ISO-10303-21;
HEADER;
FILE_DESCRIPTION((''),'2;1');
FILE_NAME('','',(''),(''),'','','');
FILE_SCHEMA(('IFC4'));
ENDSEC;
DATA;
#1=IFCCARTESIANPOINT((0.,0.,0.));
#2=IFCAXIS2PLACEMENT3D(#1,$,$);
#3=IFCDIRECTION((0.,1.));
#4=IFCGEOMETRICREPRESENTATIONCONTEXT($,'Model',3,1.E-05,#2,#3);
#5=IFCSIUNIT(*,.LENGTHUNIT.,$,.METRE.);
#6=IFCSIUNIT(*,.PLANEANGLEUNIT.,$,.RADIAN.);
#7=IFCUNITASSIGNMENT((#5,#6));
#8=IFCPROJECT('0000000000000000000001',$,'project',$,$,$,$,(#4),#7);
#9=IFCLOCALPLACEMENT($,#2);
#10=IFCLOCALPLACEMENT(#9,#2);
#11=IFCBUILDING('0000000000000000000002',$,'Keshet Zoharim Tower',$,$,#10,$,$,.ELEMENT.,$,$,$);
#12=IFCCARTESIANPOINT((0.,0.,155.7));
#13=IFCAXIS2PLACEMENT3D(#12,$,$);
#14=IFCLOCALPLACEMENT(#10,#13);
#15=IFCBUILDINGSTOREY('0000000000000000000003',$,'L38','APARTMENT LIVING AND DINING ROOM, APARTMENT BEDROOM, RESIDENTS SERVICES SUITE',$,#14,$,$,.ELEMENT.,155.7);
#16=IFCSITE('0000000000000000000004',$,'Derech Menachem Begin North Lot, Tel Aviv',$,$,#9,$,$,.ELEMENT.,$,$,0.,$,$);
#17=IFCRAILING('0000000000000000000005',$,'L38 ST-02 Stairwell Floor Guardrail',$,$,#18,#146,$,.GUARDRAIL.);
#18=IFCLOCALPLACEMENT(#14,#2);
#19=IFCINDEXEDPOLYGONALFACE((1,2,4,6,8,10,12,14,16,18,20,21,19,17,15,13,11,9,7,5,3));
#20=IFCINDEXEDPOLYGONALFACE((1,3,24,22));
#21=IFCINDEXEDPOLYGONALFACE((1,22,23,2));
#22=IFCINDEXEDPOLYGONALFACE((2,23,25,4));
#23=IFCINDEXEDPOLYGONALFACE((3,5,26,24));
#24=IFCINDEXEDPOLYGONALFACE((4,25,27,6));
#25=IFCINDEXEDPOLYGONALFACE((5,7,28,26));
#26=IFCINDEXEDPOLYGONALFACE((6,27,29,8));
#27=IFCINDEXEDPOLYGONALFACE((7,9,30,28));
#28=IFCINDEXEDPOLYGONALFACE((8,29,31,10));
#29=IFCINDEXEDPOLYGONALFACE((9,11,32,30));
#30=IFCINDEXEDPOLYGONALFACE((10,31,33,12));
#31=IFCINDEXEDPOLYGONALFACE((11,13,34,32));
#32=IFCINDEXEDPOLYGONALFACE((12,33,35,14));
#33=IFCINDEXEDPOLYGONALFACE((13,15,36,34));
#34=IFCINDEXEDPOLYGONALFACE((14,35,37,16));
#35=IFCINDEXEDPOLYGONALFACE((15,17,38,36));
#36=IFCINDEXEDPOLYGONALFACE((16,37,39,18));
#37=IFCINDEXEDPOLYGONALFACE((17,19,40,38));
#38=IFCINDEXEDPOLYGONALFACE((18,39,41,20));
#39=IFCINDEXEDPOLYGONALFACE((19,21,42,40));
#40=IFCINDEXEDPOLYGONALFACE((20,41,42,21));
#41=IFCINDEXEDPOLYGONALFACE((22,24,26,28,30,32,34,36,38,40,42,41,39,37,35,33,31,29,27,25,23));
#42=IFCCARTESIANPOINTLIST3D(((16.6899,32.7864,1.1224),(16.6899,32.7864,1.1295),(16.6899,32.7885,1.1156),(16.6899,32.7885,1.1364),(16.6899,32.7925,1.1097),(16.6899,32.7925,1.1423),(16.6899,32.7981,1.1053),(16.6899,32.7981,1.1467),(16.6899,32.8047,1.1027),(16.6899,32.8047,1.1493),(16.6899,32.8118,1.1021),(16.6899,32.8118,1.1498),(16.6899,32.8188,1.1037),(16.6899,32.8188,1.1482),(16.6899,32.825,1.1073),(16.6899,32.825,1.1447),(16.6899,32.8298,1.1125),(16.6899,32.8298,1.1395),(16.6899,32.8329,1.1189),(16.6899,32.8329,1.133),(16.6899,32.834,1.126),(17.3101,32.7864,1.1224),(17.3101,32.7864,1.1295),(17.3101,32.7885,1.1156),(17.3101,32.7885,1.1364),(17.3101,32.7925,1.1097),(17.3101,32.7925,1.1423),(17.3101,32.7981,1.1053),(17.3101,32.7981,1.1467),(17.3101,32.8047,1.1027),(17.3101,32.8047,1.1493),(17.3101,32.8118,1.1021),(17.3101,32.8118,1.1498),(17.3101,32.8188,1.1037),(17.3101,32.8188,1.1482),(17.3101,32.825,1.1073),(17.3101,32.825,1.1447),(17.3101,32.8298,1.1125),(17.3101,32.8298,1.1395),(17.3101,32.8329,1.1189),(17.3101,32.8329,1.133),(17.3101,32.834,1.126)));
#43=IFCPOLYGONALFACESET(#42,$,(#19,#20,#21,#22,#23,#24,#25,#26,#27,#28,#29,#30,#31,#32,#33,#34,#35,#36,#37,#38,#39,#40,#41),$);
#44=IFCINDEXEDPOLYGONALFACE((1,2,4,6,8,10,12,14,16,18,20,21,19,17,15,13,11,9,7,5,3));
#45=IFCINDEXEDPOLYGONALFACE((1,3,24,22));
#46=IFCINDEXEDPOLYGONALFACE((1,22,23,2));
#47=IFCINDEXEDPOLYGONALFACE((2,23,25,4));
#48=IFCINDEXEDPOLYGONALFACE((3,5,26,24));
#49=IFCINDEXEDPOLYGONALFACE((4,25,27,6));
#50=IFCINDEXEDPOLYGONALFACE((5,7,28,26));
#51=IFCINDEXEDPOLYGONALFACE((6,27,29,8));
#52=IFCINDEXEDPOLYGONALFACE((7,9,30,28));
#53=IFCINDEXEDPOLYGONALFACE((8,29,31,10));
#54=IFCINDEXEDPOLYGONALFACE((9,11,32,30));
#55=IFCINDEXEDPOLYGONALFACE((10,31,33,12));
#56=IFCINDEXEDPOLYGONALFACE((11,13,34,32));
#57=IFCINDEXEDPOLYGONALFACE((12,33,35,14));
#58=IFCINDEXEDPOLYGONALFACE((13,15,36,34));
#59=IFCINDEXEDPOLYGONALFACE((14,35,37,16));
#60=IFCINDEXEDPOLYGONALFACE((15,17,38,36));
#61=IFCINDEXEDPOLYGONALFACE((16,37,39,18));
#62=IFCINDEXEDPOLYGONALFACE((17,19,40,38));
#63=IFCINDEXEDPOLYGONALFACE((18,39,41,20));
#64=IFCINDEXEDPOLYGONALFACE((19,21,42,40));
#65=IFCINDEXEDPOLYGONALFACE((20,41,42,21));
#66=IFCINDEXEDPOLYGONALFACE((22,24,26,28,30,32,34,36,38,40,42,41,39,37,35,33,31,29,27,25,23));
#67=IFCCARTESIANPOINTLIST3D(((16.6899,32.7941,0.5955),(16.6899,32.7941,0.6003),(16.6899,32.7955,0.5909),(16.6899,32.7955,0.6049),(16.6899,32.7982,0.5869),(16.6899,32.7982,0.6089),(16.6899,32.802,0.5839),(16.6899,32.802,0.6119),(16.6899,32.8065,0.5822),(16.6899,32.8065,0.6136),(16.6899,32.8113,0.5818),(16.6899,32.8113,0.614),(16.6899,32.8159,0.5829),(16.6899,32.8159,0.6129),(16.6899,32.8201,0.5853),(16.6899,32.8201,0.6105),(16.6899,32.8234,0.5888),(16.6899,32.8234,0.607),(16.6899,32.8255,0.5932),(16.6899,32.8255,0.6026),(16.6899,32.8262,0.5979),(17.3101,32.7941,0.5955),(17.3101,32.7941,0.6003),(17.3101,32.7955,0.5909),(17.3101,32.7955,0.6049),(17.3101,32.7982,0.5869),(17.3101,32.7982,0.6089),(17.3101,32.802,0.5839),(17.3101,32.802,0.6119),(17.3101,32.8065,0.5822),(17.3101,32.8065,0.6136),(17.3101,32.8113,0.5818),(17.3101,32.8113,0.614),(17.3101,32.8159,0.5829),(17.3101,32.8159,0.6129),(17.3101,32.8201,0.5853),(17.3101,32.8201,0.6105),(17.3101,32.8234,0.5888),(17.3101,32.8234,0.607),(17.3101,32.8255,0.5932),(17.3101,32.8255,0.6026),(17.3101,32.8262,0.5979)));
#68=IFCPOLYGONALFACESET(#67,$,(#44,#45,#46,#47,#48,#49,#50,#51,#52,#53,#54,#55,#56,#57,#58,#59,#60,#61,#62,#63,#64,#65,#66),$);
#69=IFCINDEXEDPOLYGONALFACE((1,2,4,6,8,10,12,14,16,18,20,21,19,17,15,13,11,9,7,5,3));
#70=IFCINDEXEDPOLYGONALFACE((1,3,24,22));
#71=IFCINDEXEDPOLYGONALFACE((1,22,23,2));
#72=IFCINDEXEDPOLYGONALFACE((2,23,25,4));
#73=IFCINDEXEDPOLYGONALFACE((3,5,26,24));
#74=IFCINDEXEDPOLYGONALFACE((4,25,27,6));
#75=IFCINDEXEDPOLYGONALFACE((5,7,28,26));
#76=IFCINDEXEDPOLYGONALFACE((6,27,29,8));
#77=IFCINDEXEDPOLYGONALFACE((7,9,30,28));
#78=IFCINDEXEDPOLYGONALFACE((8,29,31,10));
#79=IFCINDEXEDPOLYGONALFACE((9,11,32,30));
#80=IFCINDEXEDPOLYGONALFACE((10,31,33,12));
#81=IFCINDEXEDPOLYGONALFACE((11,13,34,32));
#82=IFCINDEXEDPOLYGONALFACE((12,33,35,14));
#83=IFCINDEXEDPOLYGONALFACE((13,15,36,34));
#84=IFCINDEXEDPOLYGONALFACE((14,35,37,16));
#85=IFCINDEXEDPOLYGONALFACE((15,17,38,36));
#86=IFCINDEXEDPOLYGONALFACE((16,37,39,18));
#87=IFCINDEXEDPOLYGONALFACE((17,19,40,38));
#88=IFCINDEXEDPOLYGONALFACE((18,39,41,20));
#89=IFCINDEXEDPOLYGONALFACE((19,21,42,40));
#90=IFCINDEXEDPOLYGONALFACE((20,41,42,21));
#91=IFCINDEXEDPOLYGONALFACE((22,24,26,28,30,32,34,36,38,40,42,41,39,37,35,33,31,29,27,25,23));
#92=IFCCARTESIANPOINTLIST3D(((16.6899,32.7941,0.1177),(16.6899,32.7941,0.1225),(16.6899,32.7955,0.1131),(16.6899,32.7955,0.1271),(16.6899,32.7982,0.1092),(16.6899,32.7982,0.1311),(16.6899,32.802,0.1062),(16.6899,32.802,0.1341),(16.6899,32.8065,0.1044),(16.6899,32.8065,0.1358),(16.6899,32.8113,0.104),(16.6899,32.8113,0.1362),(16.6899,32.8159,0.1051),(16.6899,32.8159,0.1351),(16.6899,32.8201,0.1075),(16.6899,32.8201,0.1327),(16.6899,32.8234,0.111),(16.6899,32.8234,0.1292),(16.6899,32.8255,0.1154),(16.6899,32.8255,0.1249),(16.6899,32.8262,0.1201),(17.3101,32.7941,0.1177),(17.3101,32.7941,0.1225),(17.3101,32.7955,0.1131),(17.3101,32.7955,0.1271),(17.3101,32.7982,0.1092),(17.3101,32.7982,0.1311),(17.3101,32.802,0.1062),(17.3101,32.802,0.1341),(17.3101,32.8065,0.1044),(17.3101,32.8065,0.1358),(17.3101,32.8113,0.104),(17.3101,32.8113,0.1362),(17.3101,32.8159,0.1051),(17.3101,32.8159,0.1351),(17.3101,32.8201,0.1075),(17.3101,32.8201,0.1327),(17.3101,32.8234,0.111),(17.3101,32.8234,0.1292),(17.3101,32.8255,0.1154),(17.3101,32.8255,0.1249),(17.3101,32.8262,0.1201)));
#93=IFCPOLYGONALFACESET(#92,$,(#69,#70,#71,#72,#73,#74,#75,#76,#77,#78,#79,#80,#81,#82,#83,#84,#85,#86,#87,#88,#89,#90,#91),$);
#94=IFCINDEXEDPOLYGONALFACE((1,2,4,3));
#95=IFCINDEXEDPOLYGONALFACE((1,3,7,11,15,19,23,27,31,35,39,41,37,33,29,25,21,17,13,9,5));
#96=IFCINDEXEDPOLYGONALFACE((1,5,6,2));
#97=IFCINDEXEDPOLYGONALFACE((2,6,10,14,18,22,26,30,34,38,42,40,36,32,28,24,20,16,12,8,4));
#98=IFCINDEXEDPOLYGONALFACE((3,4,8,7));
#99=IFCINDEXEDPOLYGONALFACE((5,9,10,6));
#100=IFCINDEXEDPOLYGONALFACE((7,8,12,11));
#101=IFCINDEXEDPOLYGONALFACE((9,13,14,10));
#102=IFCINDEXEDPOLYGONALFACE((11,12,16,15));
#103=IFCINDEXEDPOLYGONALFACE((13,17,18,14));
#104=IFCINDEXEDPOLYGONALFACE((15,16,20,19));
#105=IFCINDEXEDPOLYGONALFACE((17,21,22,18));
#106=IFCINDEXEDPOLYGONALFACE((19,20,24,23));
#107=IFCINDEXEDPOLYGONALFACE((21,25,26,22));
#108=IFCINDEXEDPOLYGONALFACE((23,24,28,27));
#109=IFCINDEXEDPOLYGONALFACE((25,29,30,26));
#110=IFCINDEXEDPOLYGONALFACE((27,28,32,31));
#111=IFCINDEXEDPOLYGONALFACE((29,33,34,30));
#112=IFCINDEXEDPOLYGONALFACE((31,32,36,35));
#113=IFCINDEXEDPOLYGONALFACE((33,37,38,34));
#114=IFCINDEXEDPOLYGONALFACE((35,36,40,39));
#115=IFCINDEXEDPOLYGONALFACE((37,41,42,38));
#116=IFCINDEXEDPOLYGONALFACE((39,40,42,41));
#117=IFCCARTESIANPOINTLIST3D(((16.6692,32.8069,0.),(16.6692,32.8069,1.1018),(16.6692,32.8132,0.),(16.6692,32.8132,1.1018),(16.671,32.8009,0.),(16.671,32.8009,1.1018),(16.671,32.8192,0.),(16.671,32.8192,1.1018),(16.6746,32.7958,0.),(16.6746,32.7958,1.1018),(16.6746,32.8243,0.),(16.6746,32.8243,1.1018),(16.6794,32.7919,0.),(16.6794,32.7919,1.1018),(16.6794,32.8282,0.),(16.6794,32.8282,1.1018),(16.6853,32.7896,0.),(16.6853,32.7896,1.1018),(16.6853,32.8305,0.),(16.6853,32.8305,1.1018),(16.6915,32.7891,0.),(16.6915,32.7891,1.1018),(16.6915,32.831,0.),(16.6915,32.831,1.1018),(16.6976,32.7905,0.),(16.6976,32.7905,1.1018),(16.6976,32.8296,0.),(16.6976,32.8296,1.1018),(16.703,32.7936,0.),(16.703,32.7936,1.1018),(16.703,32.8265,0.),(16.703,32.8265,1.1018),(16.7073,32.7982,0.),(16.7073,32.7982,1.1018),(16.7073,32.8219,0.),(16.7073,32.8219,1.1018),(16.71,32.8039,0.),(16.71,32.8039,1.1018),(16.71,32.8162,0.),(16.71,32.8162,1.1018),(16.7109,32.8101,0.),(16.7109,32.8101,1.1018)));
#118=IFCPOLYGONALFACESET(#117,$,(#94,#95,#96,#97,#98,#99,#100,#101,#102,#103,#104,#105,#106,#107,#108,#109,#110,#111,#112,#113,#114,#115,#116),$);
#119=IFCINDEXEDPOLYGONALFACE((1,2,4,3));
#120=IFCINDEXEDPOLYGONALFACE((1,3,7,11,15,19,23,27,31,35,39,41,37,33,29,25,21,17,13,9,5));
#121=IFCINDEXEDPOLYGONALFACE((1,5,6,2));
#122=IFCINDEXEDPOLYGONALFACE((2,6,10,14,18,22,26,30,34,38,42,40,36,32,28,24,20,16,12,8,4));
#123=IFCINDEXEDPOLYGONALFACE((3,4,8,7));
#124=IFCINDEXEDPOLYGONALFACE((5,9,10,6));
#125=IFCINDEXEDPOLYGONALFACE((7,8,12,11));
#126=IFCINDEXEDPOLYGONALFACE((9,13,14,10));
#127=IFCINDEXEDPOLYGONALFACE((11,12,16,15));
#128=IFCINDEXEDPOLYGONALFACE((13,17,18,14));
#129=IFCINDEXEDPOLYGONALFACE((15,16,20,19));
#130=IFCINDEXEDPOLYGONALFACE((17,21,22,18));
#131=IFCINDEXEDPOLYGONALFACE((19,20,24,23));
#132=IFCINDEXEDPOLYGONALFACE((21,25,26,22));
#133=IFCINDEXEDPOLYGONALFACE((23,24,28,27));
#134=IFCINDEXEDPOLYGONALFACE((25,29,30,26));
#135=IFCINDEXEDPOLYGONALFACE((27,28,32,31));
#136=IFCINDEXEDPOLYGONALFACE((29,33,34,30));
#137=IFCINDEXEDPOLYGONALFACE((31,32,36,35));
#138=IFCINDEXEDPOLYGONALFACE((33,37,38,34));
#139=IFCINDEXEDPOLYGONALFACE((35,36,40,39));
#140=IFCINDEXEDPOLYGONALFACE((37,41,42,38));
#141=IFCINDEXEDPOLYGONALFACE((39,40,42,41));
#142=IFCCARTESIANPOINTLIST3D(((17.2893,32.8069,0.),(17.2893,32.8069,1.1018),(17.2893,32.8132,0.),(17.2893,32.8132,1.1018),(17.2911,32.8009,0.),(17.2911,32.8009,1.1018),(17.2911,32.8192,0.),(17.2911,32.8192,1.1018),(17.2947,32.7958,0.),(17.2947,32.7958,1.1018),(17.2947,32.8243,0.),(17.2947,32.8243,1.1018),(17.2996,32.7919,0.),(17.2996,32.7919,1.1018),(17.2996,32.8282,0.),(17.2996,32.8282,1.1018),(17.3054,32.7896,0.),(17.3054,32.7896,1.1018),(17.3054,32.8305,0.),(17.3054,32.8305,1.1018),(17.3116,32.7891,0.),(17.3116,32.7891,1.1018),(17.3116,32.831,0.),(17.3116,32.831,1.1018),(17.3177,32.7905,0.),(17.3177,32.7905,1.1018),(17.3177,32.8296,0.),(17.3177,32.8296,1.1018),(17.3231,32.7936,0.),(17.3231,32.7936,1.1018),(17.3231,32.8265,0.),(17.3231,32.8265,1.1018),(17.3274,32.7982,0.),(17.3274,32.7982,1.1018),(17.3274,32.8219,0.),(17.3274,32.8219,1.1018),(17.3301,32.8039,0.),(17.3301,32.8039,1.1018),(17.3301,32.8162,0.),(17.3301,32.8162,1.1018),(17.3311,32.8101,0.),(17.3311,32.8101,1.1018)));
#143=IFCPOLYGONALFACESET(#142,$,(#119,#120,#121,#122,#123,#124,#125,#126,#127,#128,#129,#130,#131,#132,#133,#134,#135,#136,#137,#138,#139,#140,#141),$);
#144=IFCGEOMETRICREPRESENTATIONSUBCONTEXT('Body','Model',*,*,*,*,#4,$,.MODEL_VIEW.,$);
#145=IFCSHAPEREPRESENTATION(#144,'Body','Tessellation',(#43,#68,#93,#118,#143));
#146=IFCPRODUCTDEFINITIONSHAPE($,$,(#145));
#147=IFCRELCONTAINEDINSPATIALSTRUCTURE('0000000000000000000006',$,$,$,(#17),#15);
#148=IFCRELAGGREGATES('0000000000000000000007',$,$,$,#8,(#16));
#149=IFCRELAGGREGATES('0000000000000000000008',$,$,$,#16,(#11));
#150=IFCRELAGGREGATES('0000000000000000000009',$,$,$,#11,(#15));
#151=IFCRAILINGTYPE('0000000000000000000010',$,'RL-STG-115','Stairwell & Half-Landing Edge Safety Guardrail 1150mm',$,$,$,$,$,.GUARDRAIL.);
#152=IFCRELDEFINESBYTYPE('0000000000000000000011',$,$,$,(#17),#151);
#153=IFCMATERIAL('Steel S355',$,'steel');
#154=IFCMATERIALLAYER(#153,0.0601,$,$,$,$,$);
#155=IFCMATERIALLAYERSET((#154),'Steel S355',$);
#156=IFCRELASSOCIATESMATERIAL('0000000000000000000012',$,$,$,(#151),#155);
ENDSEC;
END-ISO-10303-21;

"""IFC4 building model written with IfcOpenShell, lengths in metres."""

from ifc_helpers import new_model, si_unit, direction, frame, origin, origin_2d, place, context, subcontext, project, spatial, circle, extrude, material, layer, layer_set, type_object, element, save


model = new_model("IFC4")

# Units and contexts
model_context = context("Model", 3, precision=1e-05, world=origin(), true_north=direction((0.0, 1.0)))
body_context = subcontext(model_context, "Body", "Model", "MODEL_VIEW")
ifc_project = project(units=[si_unit("LENGTHUNIT", "METRE"), si_unit("PLANEANGLEUNIT", "RADIAN")], contexts=[model_context])

# Site, building, storey
site_placement = place(None, origin())
site = spatial("IfcSite", under=ifc_project, at=site_placement, Name="Derech Menachem Begin North Lot, Tel Aviv", CompositionType="ELEMENT", RefElevation=0.0)
building_placement = place(site_placement, origin())
building = spatial("IfcBuilding", under=site, at=building_placement, Name="Keshet Zoharim Tower", CompositionType="ELEMENT")
storey_placement = place(building_placement, frame((0.0, 0.0, 155.7)))
storey = spatial("IfcBuildingStorey", under=building, at=storey_placement, Name="L38", Description="APARTMENT LIVING AND DINING ROOM, APARTMENT BEDROOM, RESIDENTS SERVICES SUITE", CompositionType="ELEMENT", Elevation=155.7)

# Shared definitions
ifc_material_1 = material(Name="Steel S355", Category="steel")

# Railing
ifc_layer_1 = layer(ifc_material_1, 0.0601)
ifc_layer_set_1 = layer_set([ifc_layer_1], Name="Steel S355")
railing_type_1 = type_object("IfcRailingType", Name="RL-STG-115", Description="Stairwell & Half-Landing Edge Safety Guardrail 1150mm", PredefinedType="GUARDRAIL", material=ifc_layer_set_1)
railing_1_placement = place(storey_placement, frame((16.6899, 32.8101, 0.0)))
element("IfcRailing", 1, at=railing_1_placement, inside=storey, type_object=railing_type_1, Name="L38 ST-02 Stairwell Floor Guardrail", PredefinedType="GUARDRAIL", context=body_context, shape_type="SweptSolid", body=[
    extrude(circle(Radius=0.0239, at=origin_2d()), frame((0.0, 0.0, 1.126), z_axis=(1.0, 0.0, 0.0), x_axis=(0.0, 1.0, 0.0)), (0.0, 0.0, 1.0), 0.6201),
    extrude(circle(Radius=0.0161, at=origin_2d()), frame((0.0, 0.0, 0.5979), z_axis=(1.0, 0.0, 0.0), x_axis=(0.0, 1.0, 0.0)), (0.0, 0.0, 1.0), 0.6201),
    extrude(circle(Radius=0.0161, at=origin_2d()), frame((0.0, 0.0, 0.1201), z_axis=(1.0, 0.0, 0.0), x_axis=(0.0, 1.0, 0.0)), (0.0, 0.0, 1.0), 0.6201),
    extrude(circle(Radius=0.021, at=origin_2d()), origin(), (0.0, 0.0, 1.0), 1.1018),
    extrude(circle(Radius=0.021, at=origin_2d()), frame((0.6201, 0.0, 0.0)), (0.0, 0.0, 1.0), 1.1018),
])

save(model, "model.ifc")
